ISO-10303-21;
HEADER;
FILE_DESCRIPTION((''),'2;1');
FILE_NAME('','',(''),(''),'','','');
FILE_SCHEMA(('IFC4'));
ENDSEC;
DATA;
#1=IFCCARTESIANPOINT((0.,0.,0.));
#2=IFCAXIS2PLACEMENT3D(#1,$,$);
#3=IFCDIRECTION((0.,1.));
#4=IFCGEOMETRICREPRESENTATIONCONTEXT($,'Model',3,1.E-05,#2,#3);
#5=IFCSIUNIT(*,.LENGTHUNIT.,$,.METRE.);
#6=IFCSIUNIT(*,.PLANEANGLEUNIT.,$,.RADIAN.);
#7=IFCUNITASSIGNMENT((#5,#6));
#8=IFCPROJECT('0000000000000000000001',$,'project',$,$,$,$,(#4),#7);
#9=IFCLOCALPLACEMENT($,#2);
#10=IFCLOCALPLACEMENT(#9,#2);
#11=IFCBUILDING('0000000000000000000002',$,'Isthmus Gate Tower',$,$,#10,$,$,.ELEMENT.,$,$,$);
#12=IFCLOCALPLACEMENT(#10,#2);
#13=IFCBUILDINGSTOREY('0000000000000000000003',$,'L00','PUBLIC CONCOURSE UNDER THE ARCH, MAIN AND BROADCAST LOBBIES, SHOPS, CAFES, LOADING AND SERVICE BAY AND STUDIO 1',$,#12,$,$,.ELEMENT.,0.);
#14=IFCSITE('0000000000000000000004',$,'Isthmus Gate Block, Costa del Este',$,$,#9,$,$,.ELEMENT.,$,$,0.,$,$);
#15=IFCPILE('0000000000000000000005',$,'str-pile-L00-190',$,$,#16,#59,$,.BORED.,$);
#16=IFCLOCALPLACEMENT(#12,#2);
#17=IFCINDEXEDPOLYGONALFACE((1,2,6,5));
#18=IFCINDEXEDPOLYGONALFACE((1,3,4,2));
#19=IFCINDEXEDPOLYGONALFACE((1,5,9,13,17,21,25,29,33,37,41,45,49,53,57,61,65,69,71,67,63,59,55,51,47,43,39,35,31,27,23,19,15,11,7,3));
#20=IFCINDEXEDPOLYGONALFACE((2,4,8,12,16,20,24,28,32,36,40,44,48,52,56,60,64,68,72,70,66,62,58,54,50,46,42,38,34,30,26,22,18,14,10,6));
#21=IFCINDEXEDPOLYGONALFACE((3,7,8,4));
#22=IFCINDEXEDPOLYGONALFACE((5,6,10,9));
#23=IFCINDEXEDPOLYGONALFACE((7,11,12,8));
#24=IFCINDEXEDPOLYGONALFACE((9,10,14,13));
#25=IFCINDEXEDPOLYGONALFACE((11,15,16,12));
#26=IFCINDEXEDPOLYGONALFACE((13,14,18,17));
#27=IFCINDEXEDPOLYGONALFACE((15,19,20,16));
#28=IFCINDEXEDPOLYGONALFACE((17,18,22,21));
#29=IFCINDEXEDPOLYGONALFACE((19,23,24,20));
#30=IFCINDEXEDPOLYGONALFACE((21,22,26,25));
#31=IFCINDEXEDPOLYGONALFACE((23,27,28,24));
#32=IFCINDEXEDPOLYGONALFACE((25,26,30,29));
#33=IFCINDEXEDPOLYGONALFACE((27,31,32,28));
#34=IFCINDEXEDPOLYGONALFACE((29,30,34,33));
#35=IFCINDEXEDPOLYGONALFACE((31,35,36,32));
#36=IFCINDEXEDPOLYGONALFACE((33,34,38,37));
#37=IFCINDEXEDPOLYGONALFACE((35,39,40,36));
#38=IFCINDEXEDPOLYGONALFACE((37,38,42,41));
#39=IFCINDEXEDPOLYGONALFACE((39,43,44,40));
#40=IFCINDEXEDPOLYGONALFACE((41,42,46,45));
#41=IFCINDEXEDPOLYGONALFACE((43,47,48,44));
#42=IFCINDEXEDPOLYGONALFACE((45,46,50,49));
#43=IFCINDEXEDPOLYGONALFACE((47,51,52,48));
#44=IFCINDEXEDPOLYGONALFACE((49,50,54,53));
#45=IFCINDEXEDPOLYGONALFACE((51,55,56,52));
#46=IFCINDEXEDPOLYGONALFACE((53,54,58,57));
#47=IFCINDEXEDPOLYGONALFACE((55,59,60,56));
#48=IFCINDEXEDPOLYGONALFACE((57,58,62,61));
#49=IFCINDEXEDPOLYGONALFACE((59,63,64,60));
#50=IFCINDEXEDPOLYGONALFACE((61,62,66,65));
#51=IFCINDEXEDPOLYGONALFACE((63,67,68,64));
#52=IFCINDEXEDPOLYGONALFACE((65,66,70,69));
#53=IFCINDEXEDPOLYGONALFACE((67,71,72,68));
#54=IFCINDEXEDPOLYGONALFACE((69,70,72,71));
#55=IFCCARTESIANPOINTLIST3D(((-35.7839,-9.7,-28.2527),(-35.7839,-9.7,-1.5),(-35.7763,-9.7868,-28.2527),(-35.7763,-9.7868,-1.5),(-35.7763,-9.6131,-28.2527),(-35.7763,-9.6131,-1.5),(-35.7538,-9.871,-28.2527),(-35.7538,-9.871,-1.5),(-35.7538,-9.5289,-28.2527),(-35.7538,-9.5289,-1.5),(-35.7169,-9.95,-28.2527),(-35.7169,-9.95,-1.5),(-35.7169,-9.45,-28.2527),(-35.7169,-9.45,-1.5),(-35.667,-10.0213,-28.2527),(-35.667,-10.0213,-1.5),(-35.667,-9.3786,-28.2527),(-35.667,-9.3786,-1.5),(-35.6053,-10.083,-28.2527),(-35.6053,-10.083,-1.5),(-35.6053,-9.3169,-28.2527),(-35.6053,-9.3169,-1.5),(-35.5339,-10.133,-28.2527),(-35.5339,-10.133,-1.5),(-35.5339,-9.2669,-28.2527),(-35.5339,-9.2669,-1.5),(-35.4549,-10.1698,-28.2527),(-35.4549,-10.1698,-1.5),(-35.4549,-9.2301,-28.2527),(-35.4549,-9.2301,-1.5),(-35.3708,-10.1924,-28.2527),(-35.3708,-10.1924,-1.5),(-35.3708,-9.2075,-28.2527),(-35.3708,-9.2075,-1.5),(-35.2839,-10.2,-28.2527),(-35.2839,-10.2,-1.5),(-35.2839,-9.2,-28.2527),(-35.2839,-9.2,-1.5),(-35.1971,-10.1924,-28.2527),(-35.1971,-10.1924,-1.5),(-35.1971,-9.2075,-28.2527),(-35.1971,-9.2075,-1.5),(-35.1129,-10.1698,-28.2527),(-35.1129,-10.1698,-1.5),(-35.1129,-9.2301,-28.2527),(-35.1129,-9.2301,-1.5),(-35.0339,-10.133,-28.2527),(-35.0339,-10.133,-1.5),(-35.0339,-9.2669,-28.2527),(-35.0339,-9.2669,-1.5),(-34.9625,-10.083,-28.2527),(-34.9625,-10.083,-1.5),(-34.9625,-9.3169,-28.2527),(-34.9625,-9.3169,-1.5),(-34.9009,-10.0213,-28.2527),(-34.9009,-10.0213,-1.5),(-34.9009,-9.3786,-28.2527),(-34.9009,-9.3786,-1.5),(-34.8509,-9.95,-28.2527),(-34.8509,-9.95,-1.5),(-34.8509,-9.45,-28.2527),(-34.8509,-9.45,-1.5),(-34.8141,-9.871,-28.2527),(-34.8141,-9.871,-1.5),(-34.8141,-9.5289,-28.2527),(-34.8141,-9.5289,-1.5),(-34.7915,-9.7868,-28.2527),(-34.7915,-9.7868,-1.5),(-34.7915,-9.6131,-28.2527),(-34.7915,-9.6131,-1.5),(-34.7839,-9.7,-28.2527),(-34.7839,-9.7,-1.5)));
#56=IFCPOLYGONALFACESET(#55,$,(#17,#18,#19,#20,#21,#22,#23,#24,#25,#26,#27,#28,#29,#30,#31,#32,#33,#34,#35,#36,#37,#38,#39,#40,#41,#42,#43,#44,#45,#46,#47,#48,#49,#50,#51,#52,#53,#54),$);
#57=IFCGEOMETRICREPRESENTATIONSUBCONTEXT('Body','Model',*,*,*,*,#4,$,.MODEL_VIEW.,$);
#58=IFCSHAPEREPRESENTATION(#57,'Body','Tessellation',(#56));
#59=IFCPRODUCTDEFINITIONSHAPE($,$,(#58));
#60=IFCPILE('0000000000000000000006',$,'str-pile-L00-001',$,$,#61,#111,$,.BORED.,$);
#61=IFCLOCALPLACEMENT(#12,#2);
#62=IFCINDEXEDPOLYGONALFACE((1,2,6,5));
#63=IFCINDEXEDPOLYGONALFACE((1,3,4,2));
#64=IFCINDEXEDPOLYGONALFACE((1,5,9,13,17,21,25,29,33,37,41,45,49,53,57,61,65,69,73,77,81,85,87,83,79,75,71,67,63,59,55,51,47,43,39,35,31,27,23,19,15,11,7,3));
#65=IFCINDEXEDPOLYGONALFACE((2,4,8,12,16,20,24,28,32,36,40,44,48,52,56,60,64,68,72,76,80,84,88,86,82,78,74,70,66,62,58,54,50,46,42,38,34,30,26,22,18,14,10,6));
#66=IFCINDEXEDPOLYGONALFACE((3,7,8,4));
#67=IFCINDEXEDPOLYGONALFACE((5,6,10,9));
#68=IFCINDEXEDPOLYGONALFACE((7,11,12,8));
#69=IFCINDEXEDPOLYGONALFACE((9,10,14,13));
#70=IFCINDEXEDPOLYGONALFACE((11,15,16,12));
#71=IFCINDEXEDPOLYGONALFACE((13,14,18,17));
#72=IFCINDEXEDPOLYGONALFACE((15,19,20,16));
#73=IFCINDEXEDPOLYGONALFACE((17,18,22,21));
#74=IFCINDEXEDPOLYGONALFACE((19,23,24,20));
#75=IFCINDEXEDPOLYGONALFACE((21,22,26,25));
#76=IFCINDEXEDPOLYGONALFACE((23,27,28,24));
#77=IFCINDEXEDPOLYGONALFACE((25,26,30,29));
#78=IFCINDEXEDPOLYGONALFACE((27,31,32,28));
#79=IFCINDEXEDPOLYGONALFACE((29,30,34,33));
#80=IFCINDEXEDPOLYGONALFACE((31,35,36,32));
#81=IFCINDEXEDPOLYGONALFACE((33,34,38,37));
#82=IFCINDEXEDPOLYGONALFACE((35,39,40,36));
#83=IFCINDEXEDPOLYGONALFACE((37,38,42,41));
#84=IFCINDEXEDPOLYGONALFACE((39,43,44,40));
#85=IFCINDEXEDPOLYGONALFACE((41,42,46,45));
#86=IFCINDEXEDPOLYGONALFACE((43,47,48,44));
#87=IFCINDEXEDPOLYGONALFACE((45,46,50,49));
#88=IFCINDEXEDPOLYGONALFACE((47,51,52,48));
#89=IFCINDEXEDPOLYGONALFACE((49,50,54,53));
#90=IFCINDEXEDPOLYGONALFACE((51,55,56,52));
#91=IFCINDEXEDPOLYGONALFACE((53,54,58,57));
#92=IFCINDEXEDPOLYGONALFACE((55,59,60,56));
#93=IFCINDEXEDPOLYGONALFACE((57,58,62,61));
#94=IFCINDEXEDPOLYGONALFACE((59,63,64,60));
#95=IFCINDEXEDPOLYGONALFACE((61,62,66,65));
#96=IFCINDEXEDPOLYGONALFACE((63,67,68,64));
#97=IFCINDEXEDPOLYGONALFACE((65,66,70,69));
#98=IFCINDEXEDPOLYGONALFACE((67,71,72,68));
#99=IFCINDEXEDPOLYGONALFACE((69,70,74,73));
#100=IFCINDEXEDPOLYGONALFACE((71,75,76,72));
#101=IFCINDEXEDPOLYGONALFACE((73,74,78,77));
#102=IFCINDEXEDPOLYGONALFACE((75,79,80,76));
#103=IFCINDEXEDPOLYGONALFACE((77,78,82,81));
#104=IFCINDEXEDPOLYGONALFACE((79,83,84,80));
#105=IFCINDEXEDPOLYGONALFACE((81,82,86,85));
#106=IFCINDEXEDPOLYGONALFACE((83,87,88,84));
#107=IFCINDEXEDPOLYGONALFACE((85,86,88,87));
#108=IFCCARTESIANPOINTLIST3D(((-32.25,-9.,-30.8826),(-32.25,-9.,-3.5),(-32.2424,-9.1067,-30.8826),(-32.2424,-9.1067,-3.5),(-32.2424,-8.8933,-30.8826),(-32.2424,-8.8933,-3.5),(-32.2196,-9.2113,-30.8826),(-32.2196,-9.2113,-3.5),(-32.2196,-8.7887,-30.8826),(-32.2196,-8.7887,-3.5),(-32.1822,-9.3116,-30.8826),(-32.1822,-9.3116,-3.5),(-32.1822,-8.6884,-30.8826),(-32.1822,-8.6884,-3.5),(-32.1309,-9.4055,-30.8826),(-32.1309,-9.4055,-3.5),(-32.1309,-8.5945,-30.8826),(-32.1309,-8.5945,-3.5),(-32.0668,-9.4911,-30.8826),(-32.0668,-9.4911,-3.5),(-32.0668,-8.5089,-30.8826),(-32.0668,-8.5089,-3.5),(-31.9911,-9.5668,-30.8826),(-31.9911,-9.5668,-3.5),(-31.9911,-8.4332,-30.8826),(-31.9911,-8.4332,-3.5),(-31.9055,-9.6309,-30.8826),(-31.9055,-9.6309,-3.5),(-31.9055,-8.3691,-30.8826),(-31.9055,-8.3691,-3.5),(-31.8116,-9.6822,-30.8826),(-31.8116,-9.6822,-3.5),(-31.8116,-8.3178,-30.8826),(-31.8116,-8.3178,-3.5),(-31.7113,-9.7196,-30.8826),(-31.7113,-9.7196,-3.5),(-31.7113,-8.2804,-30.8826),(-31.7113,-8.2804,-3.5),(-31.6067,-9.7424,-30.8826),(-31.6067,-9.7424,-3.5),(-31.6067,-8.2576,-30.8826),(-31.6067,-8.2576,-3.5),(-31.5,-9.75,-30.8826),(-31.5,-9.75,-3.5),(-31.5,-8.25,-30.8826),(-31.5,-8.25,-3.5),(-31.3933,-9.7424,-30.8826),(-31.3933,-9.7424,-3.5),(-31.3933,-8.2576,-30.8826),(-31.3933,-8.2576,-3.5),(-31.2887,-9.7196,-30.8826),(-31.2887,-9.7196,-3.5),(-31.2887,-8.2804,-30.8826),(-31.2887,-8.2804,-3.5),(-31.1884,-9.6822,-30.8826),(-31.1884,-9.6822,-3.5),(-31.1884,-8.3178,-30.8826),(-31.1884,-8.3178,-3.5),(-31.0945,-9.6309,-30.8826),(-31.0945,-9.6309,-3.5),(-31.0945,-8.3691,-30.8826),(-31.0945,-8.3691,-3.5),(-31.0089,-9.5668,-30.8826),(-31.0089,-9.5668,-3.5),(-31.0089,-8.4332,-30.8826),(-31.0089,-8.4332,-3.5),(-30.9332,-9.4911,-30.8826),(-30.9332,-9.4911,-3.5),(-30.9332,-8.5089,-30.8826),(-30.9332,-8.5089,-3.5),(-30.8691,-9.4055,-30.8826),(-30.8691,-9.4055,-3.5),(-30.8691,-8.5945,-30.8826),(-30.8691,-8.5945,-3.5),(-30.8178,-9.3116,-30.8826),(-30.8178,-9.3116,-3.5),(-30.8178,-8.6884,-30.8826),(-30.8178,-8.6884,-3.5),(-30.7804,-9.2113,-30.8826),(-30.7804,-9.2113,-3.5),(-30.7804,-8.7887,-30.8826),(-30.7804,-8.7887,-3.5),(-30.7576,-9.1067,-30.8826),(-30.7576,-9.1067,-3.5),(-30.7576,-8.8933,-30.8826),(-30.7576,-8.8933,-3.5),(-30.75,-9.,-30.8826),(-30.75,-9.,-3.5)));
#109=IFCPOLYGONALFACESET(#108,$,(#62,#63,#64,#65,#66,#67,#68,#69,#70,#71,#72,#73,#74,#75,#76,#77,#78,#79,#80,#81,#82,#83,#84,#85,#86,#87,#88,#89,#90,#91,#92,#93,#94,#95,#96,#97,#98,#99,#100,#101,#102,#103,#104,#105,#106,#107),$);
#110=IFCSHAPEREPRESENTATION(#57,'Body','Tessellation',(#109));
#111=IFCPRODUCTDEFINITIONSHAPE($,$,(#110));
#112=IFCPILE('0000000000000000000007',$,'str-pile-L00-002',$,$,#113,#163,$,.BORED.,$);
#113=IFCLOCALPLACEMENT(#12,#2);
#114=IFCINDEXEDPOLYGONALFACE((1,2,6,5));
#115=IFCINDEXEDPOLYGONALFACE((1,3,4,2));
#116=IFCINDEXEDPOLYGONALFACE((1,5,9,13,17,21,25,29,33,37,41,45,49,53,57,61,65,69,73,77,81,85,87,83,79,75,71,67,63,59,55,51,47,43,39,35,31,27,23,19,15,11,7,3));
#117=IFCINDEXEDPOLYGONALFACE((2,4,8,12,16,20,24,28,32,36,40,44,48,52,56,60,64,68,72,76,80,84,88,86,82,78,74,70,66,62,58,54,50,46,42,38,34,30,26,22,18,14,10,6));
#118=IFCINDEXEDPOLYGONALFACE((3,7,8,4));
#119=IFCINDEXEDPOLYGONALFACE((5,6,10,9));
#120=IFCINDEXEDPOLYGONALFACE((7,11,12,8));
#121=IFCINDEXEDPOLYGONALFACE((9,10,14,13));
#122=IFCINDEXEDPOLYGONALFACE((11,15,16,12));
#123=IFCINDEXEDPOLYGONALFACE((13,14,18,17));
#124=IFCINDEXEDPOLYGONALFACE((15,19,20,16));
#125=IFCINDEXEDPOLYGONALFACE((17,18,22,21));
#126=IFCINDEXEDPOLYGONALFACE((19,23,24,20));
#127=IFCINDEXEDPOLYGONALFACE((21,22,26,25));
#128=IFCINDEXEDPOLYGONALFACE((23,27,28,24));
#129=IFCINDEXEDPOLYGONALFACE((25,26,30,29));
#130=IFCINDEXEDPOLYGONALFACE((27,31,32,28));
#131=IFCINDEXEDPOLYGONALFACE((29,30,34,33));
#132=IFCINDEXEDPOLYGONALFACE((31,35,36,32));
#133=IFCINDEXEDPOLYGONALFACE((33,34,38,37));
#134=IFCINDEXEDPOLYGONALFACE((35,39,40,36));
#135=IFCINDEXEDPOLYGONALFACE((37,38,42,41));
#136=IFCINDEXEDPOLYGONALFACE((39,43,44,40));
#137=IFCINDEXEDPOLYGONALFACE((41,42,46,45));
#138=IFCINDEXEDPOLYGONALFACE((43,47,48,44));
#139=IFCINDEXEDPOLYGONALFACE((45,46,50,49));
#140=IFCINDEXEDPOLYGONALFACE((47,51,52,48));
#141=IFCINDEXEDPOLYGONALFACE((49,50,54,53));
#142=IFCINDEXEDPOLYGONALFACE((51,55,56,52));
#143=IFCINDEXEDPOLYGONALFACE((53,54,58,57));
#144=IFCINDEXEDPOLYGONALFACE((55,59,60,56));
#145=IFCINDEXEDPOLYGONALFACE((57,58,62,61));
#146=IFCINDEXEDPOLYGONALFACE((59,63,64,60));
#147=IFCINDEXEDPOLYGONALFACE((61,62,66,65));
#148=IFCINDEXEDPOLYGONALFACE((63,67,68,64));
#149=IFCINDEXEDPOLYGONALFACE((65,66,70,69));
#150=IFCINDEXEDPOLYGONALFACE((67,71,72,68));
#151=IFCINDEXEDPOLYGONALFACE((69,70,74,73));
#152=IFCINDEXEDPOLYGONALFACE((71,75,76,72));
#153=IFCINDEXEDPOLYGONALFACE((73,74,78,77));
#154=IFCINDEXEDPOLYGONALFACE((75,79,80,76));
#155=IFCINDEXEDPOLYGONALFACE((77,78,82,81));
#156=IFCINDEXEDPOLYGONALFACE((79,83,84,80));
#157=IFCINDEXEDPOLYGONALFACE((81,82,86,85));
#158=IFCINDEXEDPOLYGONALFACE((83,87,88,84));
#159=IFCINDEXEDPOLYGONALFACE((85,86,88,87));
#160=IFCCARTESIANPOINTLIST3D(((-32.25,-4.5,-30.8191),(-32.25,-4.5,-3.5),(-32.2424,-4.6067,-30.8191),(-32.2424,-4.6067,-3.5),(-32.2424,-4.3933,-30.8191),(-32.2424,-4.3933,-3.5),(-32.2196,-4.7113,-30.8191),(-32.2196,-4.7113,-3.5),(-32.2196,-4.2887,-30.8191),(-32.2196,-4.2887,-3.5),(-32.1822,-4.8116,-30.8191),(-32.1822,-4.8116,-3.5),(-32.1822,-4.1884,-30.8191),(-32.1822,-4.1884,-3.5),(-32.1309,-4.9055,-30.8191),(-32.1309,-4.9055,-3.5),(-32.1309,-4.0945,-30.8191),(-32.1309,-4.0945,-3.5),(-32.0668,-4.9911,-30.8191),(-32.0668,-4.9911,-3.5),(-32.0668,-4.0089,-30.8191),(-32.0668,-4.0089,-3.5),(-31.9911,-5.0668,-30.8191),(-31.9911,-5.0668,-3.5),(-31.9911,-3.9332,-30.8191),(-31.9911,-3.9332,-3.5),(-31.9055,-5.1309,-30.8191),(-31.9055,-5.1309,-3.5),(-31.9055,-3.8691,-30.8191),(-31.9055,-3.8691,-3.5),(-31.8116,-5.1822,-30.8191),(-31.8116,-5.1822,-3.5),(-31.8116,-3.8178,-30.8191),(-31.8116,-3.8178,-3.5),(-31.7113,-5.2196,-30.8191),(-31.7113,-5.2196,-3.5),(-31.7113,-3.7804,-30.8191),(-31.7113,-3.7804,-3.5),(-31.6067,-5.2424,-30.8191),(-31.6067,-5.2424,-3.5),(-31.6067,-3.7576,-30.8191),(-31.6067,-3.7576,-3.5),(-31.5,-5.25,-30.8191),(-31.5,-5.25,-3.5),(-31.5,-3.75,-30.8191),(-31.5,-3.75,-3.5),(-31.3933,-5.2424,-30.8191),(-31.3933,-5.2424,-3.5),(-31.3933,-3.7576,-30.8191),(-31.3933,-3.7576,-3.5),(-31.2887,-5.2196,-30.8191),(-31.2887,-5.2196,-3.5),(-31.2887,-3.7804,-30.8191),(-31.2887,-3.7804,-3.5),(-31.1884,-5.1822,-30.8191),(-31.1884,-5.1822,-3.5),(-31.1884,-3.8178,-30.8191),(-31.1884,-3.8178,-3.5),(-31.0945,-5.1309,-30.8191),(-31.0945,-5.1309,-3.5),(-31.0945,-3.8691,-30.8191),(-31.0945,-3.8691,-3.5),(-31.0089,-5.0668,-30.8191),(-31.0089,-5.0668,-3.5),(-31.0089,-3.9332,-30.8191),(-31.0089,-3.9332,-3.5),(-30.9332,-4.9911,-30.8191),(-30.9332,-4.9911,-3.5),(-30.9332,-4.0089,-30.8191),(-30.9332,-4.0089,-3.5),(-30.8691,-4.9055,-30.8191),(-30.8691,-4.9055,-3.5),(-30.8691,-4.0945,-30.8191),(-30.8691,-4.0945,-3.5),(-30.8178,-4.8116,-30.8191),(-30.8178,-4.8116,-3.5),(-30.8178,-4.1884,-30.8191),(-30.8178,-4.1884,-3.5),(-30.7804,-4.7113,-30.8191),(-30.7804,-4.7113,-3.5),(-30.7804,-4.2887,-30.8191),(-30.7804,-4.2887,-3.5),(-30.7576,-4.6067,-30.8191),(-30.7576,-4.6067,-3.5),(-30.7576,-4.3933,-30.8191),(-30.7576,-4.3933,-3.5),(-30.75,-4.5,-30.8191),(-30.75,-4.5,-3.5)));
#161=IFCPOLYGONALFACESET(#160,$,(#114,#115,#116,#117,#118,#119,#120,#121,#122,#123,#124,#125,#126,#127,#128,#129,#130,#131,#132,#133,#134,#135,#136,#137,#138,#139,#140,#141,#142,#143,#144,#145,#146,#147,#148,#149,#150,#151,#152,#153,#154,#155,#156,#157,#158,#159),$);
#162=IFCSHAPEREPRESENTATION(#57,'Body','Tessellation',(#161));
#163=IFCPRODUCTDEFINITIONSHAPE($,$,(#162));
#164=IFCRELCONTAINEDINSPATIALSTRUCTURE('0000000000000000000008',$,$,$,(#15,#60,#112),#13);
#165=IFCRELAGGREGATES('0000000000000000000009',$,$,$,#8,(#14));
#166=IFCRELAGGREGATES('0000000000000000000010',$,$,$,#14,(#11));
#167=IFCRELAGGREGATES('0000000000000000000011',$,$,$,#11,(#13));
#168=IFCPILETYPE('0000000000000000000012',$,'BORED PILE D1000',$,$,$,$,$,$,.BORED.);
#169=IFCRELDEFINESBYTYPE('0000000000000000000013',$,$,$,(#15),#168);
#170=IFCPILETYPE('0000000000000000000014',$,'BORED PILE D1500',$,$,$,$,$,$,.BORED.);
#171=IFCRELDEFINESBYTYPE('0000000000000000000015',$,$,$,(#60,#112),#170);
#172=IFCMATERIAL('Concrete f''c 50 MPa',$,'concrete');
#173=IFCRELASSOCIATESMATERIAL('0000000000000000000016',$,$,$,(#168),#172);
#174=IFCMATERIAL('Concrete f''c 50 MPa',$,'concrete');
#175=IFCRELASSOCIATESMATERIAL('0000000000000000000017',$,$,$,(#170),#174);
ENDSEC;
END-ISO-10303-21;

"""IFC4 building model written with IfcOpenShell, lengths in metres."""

from ifc_helpers import new_model, si_unit, direction, frame, origin, origin_2d, place, context, subcontext, project, spatial, circle, extrude, material, material_profile, profile_set, type_object, element, save


model = new_model("IFC4")

# Units and contexts
model_context = context("Model", 3, precision=1e-05, world=origin(), true_north=direction((0.0, 1.0)))
body_context = subcontext(model_context, "Body", "Model", "MODEL_VIEW")
ifc_project = project(units=[si_unit("LENGTHUNIT", "METRE"), si_unit("PLANEANGLEUNIT", "RADIAN")], contexts=[model_context])

# Site, building, storey
site_placement = place(None, origin())
site = spatial("IfcSite", under=ifc_project, at=site_placement, Name="Isthmus Gate Block, Costa del Este", CompositionType="ELEMENT", RefElevation=0.0)
building_placement = place(site_placement, origin())
building = spatial("IfcBuilding", under=site, at=building_placement, Name="Isthmus Gate Tower", CompositionType="ELEMENT")
storey_placement = place(building_placement, origin())
storey = spatial("IfcBuildingStorey", under=building, at=storey_placement, Name="L00", Description="PUBLIC CONCOURSE UNDER THE ARCH, MAIN AND BROADCAST LOBBIES, SHOPS, CAFES, LOADING AND SERVICE BAY AND STUDIO 1", CompositionType="ELEMENT", Elevation=0.0)

# Piles
ifc_material_1 = material(Name="Concrete f'c 50 MPa", Category="concrete")
ifc_material_profile_1 = material_profile(ifc_material_1, circle(Radius=0.5, at=origin_2d()), Name="D1000")
ifc_profile_set_1 = profile_set([ifc_material_profile_1], Name="Concrete f'c 50 MPa")
pile_type_1 = type_object("IfcPileType", Name="BORED PILE D1000", PredefinedType="BORED", material=ifc_profile_set_1)
pile_1_placement = place(storey_placement, frame((-35.2839, -9.7, -1.5), z_axis=(0.0, 0.0, -1.0), x_axis=(1.0, 0.0, 0.0)))
element("IfcPile", 1, at=pile_1_placement, inside=storey, type_object=pile_type_1, Name="str-pile-L00-190", PredefinedType="BORED", context=body_context, shape_type="SweptSolid", body=[
    extrude(circle(Radius=0.5, at=origin_2d()), origin(), (0.0, 0.0, 1.0), 26.7527),
])
ifc_material_2 = material(Name="Concrete f'c 50 MPa", Category="concrete")
ifc_material_profile_2 = material_profile(ifc_material_2, circle(Radius=0.75, at=origin_2d()), Name="D1500")
ifc_profile_set_2 = profile_set([ifc_material_profile_2], Name="Concrete f'c 50 MPa")
pile_type_2 = type_object("IfcPileType", Name="BORED PILE D1500", PredefinedType="BORED", material=ifc_profile_set_2)
pile_2_placement = place(storey_placement, frame((-31.5, -9.0, -3.5), z_axis=(0.0, 0.0, -1.0), x_axis=(1.0, 0.0, 0.0)))
element("IfcPile", 2, at=pile_2_placement, inside=storey, type_object=pile_type_2, Name="str-pile-L00-001", PredefinedType="BORED", context=body_context, shape_type="SweptSolid", body=[
    extrude(circle(Radius=0.75, at=origin_2d()), origin(), (0.0, 0.0, 1.0), 27.3826),
])
pile_3_placement = place(storey_placement, frame((-31.5, -4.5, -3.5), z_axis=(0.0, 0.0, -1.0), x_axis=(1.0, 0.0, 0.0)))
element("IfcPile", 3, at=pile_3_placement, inside=storey, type_object=pile_type_2, Name="str-pile-L00-002", PredefinedType="BORED", context=body_context, shape_type="SweptSolid", body=[
    extrude(circle(Radius=0.75, at=origin_2d()), origin(), (0.0, 0.0, 1.0), 27.3191),
])

save(model, "model.ifc")
